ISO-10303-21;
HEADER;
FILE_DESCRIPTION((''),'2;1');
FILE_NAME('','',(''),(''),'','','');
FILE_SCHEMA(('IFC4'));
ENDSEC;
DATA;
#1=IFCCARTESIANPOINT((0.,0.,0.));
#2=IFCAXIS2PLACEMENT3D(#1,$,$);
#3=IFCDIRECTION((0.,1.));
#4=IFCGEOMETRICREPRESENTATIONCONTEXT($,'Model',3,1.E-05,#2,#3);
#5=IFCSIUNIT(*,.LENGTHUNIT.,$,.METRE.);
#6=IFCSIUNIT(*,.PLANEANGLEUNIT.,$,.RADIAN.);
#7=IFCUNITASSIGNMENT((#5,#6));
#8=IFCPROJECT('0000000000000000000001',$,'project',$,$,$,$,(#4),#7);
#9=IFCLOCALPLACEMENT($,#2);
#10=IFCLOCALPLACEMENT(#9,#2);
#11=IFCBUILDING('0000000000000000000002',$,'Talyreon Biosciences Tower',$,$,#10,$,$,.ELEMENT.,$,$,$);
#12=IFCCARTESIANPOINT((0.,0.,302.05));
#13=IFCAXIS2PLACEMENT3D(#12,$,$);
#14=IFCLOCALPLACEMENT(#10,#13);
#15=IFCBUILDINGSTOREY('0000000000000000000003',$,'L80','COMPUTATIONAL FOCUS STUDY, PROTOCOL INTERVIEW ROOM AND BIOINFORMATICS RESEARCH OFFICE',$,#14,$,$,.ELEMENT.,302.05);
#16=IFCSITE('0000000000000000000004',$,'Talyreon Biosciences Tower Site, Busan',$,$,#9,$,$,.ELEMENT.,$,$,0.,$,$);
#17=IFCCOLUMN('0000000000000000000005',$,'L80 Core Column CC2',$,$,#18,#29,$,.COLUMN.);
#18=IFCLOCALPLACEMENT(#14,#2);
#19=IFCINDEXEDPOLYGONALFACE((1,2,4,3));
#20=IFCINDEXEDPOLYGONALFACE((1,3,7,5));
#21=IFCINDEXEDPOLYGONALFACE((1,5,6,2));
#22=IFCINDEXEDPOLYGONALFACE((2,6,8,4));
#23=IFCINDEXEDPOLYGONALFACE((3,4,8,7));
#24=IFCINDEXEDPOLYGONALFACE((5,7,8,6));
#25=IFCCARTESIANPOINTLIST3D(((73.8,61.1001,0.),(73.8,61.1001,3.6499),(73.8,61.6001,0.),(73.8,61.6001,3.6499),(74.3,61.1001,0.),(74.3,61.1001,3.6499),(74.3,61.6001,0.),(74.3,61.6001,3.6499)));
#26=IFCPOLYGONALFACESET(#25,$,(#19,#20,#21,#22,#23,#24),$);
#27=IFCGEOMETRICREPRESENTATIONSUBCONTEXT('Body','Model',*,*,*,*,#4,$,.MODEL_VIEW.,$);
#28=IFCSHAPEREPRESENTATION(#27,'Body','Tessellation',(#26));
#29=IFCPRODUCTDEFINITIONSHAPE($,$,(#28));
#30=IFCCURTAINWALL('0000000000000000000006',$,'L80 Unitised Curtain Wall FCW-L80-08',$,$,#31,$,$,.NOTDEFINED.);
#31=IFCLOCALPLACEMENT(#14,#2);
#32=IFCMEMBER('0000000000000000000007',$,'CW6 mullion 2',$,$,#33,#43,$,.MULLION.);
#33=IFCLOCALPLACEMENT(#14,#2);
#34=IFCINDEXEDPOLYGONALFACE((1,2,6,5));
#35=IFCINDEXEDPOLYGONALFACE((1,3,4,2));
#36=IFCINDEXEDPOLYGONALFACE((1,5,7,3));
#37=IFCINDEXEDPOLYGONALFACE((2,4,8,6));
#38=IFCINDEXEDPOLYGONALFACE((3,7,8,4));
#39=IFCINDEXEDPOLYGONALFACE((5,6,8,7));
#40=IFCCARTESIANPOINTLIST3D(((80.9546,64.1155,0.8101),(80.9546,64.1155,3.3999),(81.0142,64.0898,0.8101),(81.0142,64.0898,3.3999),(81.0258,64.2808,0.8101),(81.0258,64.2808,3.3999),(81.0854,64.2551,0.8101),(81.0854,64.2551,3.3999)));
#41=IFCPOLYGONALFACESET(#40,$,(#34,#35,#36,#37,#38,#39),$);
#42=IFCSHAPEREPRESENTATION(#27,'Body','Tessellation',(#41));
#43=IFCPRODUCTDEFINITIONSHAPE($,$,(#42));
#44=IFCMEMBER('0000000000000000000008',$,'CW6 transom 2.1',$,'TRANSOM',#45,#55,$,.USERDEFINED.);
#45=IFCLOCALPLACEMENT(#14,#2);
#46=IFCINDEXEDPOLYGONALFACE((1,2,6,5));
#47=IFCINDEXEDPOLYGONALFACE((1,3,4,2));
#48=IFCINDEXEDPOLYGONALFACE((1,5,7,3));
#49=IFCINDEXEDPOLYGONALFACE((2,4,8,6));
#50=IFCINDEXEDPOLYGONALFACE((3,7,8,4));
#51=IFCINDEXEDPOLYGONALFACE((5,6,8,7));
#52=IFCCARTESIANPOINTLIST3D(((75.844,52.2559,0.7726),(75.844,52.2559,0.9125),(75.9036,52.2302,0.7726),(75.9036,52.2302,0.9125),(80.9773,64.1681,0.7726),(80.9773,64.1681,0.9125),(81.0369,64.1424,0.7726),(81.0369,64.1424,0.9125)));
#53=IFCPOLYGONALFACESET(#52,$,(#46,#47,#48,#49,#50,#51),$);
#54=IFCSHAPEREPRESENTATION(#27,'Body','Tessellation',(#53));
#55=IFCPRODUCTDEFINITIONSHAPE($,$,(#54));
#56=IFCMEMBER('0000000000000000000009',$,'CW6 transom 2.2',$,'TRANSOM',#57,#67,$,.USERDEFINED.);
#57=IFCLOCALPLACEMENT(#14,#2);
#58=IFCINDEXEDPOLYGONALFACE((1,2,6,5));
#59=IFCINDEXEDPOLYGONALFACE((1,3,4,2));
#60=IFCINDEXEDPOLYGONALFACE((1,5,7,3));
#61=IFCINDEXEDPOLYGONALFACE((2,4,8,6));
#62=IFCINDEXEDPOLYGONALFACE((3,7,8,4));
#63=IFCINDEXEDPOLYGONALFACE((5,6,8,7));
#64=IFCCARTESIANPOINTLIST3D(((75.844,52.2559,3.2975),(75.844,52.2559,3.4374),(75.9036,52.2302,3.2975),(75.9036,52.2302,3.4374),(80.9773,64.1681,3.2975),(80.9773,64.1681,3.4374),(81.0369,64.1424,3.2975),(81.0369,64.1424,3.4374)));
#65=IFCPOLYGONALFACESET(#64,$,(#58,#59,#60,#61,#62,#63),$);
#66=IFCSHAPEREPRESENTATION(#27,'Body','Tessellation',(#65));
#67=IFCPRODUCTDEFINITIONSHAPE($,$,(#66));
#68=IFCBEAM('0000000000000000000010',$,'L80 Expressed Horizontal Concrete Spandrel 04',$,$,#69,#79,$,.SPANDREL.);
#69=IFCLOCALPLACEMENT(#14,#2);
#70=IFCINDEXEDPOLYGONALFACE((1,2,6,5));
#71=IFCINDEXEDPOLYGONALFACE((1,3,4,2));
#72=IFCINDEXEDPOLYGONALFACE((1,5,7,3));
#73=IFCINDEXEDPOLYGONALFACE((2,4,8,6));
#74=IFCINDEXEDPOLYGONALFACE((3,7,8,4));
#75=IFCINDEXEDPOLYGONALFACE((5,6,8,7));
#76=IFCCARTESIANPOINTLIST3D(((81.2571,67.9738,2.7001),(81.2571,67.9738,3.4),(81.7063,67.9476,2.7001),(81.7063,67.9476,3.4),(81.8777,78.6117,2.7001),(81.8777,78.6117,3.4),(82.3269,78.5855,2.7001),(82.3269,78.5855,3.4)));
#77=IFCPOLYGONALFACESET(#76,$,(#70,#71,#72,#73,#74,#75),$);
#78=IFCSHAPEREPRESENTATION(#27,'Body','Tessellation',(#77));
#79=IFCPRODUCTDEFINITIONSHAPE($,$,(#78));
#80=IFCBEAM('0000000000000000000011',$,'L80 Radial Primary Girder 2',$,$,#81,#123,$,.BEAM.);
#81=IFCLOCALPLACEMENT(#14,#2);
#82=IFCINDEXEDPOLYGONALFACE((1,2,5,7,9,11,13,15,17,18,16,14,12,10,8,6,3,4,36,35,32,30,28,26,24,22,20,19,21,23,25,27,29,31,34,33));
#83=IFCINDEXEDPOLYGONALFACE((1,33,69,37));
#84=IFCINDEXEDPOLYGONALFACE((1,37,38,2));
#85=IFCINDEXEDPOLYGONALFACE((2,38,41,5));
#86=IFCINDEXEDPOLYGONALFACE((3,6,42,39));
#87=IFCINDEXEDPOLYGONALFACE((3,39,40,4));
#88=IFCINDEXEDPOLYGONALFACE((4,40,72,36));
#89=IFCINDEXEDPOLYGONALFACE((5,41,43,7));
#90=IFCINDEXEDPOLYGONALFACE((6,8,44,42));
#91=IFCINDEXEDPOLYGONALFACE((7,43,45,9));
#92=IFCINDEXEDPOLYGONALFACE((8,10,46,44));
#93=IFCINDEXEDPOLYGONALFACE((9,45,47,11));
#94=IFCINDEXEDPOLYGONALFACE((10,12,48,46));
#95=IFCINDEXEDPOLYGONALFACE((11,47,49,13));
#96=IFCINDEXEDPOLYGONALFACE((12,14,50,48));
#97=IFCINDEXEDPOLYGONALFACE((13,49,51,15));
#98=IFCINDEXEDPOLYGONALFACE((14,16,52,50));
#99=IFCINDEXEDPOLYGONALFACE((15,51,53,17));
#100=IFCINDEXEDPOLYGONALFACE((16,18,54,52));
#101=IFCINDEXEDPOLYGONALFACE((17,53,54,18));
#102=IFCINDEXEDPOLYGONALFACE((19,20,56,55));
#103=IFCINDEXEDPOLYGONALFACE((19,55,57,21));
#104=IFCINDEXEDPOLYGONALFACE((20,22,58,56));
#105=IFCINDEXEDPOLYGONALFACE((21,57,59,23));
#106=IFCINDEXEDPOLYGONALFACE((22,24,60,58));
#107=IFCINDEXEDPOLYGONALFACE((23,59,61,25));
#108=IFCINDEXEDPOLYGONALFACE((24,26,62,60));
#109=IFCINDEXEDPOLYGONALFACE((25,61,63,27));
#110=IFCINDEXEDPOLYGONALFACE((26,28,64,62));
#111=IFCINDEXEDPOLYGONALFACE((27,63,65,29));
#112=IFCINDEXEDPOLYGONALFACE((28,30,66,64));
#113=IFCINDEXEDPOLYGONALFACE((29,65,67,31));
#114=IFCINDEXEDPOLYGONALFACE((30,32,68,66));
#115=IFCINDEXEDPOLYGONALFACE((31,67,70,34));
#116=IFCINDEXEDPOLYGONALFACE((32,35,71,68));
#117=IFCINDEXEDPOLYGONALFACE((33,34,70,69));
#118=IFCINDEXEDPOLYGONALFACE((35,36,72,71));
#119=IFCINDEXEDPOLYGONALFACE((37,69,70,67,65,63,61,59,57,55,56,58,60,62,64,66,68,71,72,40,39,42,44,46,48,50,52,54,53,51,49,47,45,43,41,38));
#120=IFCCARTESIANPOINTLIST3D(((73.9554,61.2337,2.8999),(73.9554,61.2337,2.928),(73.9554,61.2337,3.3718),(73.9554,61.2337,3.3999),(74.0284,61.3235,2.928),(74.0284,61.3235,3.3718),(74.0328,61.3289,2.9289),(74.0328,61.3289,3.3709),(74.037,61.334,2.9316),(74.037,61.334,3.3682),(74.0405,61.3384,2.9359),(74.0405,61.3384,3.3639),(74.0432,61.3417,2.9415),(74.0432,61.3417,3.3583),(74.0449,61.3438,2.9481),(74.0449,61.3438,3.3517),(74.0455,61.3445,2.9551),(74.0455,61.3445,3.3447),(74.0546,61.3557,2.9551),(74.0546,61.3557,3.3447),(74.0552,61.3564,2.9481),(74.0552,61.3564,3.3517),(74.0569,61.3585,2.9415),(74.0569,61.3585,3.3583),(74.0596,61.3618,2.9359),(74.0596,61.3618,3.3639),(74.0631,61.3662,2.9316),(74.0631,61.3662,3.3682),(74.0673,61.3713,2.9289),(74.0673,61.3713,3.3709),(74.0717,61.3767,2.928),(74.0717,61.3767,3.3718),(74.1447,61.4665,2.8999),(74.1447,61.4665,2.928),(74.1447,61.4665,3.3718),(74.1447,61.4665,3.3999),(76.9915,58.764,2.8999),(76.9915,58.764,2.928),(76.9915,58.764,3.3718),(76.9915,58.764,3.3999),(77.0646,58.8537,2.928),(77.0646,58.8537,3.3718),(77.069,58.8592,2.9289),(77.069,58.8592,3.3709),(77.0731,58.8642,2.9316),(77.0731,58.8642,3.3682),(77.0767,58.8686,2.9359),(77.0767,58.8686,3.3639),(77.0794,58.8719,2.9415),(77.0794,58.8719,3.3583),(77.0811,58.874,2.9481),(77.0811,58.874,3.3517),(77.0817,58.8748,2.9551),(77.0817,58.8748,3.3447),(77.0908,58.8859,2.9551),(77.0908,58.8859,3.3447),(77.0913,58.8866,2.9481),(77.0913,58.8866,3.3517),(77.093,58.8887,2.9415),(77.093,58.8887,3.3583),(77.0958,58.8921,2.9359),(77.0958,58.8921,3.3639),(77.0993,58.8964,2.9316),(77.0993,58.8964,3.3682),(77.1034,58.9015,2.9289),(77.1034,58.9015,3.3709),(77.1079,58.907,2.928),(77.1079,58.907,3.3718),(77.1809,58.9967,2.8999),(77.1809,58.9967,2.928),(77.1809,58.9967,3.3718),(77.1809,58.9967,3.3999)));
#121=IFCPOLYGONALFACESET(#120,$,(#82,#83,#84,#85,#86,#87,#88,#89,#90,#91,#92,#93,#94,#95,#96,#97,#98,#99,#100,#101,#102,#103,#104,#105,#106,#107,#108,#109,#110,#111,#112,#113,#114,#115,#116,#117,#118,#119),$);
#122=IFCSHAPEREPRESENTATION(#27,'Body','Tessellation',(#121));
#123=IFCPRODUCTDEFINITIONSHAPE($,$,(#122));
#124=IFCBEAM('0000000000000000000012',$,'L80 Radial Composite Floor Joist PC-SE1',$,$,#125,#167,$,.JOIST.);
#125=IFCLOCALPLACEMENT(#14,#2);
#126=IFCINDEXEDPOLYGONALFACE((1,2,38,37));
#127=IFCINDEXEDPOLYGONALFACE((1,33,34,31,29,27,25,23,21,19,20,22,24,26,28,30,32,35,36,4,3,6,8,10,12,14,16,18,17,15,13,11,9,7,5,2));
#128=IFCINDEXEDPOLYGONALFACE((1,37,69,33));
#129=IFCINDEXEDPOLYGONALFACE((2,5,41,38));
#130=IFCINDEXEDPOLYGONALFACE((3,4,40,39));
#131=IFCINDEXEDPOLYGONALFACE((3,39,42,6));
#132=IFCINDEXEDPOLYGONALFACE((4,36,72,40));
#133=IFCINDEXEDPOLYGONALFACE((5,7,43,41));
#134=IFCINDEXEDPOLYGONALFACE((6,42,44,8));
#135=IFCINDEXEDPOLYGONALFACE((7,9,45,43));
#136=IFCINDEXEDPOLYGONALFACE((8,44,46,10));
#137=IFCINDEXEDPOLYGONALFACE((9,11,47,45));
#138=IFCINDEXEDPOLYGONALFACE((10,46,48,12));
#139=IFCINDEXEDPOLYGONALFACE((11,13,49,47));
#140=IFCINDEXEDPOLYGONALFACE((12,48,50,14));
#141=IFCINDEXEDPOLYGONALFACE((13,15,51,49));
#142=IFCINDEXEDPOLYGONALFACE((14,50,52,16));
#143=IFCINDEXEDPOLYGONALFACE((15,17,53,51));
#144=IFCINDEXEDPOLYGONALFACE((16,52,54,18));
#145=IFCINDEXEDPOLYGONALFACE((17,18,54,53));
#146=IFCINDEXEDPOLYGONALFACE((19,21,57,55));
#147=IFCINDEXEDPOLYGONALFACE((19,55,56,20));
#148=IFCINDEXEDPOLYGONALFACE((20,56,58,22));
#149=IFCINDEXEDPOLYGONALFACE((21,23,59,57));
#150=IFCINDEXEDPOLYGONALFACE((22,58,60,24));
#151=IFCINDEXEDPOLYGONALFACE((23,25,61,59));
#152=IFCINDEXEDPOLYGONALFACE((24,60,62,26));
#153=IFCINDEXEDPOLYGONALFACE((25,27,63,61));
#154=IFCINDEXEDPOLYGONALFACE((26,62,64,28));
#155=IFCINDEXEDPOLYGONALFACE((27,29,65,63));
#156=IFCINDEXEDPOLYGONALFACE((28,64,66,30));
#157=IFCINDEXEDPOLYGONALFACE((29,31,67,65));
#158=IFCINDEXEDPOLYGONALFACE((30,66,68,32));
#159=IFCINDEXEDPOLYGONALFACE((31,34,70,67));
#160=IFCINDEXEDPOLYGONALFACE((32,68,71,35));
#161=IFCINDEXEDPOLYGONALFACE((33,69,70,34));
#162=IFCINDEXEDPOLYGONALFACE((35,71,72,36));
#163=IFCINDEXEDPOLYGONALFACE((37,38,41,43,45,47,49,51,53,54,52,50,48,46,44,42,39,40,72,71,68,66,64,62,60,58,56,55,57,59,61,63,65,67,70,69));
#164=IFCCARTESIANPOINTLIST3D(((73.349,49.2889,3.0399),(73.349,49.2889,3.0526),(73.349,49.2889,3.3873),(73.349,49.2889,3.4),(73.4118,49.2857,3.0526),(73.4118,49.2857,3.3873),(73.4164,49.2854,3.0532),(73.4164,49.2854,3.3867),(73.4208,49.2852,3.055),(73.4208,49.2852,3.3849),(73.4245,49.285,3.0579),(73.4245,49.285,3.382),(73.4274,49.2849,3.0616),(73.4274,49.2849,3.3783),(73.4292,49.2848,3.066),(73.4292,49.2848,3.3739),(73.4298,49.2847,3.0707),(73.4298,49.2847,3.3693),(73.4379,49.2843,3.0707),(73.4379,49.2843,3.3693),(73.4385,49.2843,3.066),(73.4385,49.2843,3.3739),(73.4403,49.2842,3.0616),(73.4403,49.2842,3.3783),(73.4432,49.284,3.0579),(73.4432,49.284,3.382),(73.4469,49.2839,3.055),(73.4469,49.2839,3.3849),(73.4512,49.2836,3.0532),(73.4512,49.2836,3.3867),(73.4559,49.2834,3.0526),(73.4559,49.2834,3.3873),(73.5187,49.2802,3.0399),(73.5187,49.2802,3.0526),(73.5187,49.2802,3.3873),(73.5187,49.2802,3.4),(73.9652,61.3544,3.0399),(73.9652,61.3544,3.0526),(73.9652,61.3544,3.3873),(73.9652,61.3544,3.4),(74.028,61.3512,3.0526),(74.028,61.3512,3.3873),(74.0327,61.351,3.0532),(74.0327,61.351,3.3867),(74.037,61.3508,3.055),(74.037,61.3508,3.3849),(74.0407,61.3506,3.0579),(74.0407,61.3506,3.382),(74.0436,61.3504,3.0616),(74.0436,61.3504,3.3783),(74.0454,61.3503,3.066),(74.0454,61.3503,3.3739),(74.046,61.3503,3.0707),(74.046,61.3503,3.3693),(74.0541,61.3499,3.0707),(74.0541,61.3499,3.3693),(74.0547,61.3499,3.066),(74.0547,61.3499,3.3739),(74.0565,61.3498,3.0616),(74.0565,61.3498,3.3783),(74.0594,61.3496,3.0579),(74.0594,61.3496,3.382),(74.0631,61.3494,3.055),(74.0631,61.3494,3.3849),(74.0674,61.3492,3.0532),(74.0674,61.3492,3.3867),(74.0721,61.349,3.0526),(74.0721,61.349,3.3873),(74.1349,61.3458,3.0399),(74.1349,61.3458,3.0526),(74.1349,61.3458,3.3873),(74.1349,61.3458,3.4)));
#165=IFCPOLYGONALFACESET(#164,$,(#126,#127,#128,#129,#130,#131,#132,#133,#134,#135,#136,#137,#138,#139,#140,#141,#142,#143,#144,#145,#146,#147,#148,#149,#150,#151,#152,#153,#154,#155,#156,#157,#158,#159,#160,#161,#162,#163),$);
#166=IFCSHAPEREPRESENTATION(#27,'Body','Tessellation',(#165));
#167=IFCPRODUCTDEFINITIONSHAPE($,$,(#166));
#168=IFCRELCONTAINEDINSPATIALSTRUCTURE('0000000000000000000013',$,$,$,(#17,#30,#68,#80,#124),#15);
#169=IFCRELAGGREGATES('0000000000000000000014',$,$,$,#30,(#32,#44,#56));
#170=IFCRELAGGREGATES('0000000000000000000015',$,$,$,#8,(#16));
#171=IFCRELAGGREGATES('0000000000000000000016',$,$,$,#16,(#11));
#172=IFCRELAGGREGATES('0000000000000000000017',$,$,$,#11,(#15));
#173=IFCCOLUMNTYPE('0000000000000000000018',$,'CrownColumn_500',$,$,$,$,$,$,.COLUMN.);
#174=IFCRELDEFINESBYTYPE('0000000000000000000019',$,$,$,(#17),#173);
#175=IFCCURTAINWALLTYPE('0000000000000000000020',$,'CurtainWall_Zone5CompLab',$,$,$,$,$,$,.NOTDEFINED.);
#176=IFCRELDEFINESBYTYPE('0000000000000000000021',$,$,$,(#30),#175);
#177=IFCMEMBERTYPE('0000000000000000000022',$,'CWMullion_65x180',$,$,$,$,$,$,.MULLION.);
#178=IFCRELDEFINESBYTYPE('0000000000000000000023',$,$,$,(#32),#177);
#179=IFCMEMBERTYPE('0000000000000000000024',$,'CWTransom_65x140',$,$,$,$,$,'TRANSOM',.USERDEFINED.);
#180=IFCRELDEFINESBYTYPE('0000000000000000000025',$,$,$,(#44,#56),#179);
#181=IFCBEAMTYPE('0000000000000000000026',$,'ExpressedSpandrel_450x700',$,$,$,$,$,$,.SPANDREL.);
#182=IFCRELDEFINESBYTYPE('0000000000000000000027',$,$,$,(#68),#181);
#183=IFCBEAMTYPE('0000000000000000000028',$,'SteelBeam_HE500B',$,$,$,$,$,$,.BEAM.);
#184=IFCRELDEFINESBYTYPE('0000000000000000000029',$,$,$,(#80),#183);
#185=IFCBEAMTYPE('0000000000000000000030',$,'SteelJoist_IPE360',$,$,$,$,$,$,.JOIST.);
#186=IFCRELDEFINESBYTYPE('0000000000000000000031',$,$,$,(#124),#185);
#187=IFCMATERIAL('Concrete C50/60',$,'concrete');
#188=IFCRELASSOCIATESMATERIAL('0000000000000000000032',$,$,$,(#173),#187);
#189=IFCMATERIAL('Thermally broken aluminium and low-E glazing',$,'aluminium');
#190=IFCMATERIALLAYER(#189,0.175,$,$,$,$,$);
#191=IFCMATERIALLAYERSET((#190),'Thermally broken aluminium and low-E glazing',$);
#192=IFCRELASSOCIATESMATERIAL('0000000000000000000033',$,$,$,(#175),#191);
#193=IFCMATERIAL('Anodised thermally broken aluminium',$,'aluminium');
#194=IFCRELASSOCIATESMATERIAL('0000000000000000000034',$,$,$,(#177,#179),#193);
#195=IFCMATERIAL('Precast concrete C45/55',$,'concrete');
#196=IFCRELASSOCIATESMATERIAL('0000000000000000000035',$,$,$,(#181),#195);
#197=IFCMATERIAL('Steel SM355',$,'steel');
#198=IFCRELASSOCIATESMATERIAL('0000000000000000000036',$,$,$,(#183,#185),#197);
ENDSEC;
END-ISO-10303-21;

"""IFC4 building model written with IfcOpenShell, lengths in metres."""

from ifc_helpers import new_model, si_unit, direction, frame, origin, origin_2d, place, context, subcontext, project, spatial, rectangle, i_section, extrude, material, layer, layer_set, material_profile, profile_set, type_object, element, aggregate, save


model = new_model("IFC4")

# Units and contexts
model_context = context("Model", 3, precision=1e-05, world=origin(), true_north=direction((0.0, 1.0)))
body_context = subcontext(model_context, "Body", "Model", "MODEL_VIEW")
ifc_project = project(units=[si_unit("LENGTHUNIT", "METRE"), si_unit("PLANEANGLEUNIT", "RADIAN")], contexts=[model_context])

# Site, building, storey
site_placement = place(None, origin())
site = spatial("IfcSite", under=ifc_project, at=site_placement, Name="Talyreon Biosciences Tower Site, Busan", CompositionType="ELEMENT", RefElevation=0.0)
building_placement = place(site_placement, origin())
building = spatial("IfcBuilding", under=site, at=building_placement, Name="Talyreon Biosciences Tower", CompositionType="ELEMENT")
storey_placement = place(building_placement, frame((0.0, 0.0, 302.05)))
storey = spatial("IfcBuildingStorey", under=building, at=storey_placement, Name="L80", Description="COMPUTATIONAL FOCUS STUDY, PROTOCOL INTERVIEW ROOM AND BIOINFORMATICS RESEARCH OFFICE", CompositionType="ELEMENT", Elevation=302.05)

# Column
ifc_material_1 = material(Name="Concrete C50/60", Category="concrete")
ifc_material_profile_1 = material_profile(ifc_material_1, rectangle(XDim=0.5, YDim=0.5, at=origin_2d()), Name="RC 500x500")
ifc_profile_set_1 = profile_set([ifc_material_profile_1], Name="Concrete C50/60")
column_type = type_object("IfcColumnType", Name="CrownColumn_500", PredefinedType="COLUMN", material=ifc_profile_set_1)
column_placement = place(storey_placement, frame((74.05, 61.3501, 0.0), z_axis=(0.0, 0.0, 1.0), x_axis=(1.0, 0.0, 0.0)))
element("IfcColumn", 1, at=column_placement, inside=storey, type_object=column_type, Name="L80 Core Column CC2", PredefinedType="COLUMN", context=body_context, shape_type="SweptSolid", body=[
    extrude(rectangle(XDim=0.5, YDim=0.5, at=origin_2d()), origin(), (0.0, 0.0, 1.0), 3.6499),
])

# Curtain wall, members
ifc_material_2 = material(Name="Thermally broken aluminium and low-E glazing", Category="aluminium")
ifc_layer_1 = layer(ifc_material_2, 0.175)
ifc_layer_set_1 = layer_set([ifc_layer_1], Name="Thermally broken aluminium and low-E glazing")
curtain_wall_type = type_object("IfcCurtainWallType", Name="CurtainWall_Zone5CompLab", PredefinedType="NOTDEFINED", material=ifc_layer_set_1)
curtain_wall_placement = place(storey_placement, origin())
curtain_wall = element("IfcCurtainWall", 2, at=curtain_wall_placement, inside=storey, type_object=curtain_wall_type, Name="L80 Unitised Curtain Wall FCW-L80-08", PredefinedType="NOTDEFINED")
ifc_material_3 = material(Name="Anodised thermally broken aluminium", Category="aluminium")
ifc_material_profile_2 = material_profile(ifc_material_3, rectangle(XDim=0.0649, YDim=0.1799, at=origin_2d()), Name="ALUM MULLION 65x180")
ifc_profile_set_2 = profile_set([ifc_material_profile_2], Name="Anodised thermally broken aluminium")
member_type_1 = type_object("IfcMemberType", Name="CWMullion_65x180", PredefinedType="MULLION", material=ifc_profile_set_2)
member_1_placement = place(storey_placement, frame((81.02, 64.1853, 0.8101), z_axis=(0.0, 0.0, 1.0), x_axis=(0.918363, -0.395738, 0.0)))
member_1 = element("IfcMember", 3, at=member_1_placement, type_object=member_type_1, Name="CW6 mullion 2", PredefinedType="MULLION", context=body_context, shape_type="SweptSolid", body=[
    extrude(rectangle(XDim=0.0649, YDim=0.1799, at=origin_2d()), origin(), (0.0, 0.0, 1.0), 2.5898),
])
ifc_material_profile_3 = material_profile(ifc_material_3, rectangle(XDim=0.0649, YDim=0.1399, at=origin_2d()), Name="ALUM TRANSOM 65x140")
ifc_profile_set_3 = profile_set([ifc_material_profile_3], Name="Anodised thermally broken aluminium")
member_type_2 = type_object("IfcMemberType", Name="CWTransom_65x140", ElementType="TRANSOM", PredefinedType="USERDEFINED", material=ifc_profile_set_3)
member_2_placement = place(storey_placement, frame((81.0071, 64.1553, 0.8425), z_axis=(-0.395743, -0.918361, 0.0), x_axis=(0.918361, -0.395743, 0.0)))
member_2 = element("IfcMember", 4, at=member_2_placement, type_object=member_type_2, Name="CW6 transom 2.1", ObjectType="TRANSOM", PredefinedType="USERDEFINED", context=body_context, shape_type="SweptSolid", body=[
    extrude(rectangle(XDim=0.0649, YDim=0.1399, at=origin_2d()), origin(), (0.0, 0.0, 1.0), 12.9712),
])
member_3_placement = place(storey_placement, frame((81.0071, 64.1553, 3.3674), z_axis=(-0.395743, -0.918361, 0.0), x_axis=(0.918361, -0.395743, 0.0)))
member_3 = element("IfcMember", 5, at=member_3_placement, type_object=member_type_2, Name="CW6 transom 2.2", ObjectType="TRANSOM", PredefinedType="USERDEFINED", context=body_context, shape_type="SweptSolid", body=[
    extrude(rectangle(XDim=0.0649, YDim=0.1399, at=origin_2d()), origin(), (0.0, 0.0, 1.0), 12.9712),
])
aggregate(curtain_wall, [member_1, member_2, member_3])

# Beams
ifc_material_4 = material(Name="Precast concrete C45/55", Category="concrete")
ifc_material_profile_4 = material_profile(ifc_material_4, rectangle(XDim=0.45, YDim=0.7, at=origin_2d()), Name="RCB 450x700")
ifc_profile_set_4 = profile_set([ifc_material_profile_4], Name="Precast concrete C45/55")
beam_type_1 = type_object("IfcBeamType", Name="ExpressedSpandrel_450x700", PredefinedType="SPANDREL", material=ifc_profile_set_4)
beam_1_placement = place(storey_placement, frame((81.4817, 67.9607, 3.05), z_axis=(0.05824, 0.998303, 0.0), x_axis=(-0.998303, 0.05824, 0.0)))
element("IfcBeam", 6, at=beam_1_placement, inside=storey, type_object=beam_type_1, Name="L80 Expressed Horizontal Concrete Spandrel 04", PredefinedType="SPANDREL", context=body_context, shape_type="SweptSolid", body=[
    extrude(rectangle(XDim=0.45, YDim=0.7, at=origin_2d()), origin(), (0.0, 0.0, 1.0), 10.656),
])
ifc_material_5 = material(Name="Steel SM355", Category="steel")
ifc_material_profile_5 = material_profile(ifc_material_5, i_section(OverallWidth=0.3, OverallDepth=0.5, WebThickness=0.0144, FlangeThickness=0.0281, FilletRadius=0.0271, at=origin_2d()), Name="HE500B")
ifc_profile_set_5 = profile_set([ifc_material_profile_5], Name="Steel SM355")
beam_type_2 = type_object("IfcBeamType", Name="SteelBeam_HE500B", PredefinedType="BEAM", material=ifc_profile_set_5)
beam_2_placement = place(storey_placement, frame((74.05, 61.3501, 3.1499), z_axis=(0.775755, -0.631034, 0.0), x_axis=(0.631034, 0.775755, 0.0)))
element("IfcBeam", 7, at=beam_2_placement, inside=storey, type_object=beam_type_2, Name="L80 Radial Primary Girder 2", PredefinedType="BEAM", context=body_context, shape_type="SweptSolid", body=[
    extrude(i_section(OverallWidth=0.3, OverallDepth=0.5, WebThickness=0.0144, FlangeThickness=0.0281, FilletRadius=0.0271, at=origin_2d()), origin(), (0.0, 0.0, 1.0), 3.9138),
])
ifc_material_profile_6 = material_profile(ifc_material_5, i_section(OverallWidth=0.1699, OverallDepth=0.3601, WebThickness=0.0081, FlangeThickness=0.0127, FilletRadius=0.0181, at=origin_2d()), Name="IPE360")
ifc_profile_set_6 = profile_set([ifc_material_profile_6], Name="Steel SM355")
beam_type_3 = type_object("IfcBeamType", Name="SteelJoist_IPE360", PredefinedType="JOIST", material=ifc_profile_set_6)
beam_3_placement = place(storey_placement, frame((74.05, 61.3501, 3.22), z_axis=(-0.051005, -0.998698, 0.0), x_axis=(0.998698, -0.051005, 0.0)))
element("IfcBeam", 8, at=beam_3_placement, inside=storey, type_object=beam_type_3, Name="L80 Radial Composite Floor Joist PC-SE1", PredefinedType="JOIST", context=body_context, shape_type="SweptSolid", body=[
    extrude(i_section(OverallWidth=0.1699, OverallDepth=0.3601, WebThickness=0.0081, FlangeThickness=0.0127, FilletRadius=0.0181, at=origin_2d()), origin(), (0.0, 0.0, 1.0), 12.0813),
])

save(model, "model.ifc")
